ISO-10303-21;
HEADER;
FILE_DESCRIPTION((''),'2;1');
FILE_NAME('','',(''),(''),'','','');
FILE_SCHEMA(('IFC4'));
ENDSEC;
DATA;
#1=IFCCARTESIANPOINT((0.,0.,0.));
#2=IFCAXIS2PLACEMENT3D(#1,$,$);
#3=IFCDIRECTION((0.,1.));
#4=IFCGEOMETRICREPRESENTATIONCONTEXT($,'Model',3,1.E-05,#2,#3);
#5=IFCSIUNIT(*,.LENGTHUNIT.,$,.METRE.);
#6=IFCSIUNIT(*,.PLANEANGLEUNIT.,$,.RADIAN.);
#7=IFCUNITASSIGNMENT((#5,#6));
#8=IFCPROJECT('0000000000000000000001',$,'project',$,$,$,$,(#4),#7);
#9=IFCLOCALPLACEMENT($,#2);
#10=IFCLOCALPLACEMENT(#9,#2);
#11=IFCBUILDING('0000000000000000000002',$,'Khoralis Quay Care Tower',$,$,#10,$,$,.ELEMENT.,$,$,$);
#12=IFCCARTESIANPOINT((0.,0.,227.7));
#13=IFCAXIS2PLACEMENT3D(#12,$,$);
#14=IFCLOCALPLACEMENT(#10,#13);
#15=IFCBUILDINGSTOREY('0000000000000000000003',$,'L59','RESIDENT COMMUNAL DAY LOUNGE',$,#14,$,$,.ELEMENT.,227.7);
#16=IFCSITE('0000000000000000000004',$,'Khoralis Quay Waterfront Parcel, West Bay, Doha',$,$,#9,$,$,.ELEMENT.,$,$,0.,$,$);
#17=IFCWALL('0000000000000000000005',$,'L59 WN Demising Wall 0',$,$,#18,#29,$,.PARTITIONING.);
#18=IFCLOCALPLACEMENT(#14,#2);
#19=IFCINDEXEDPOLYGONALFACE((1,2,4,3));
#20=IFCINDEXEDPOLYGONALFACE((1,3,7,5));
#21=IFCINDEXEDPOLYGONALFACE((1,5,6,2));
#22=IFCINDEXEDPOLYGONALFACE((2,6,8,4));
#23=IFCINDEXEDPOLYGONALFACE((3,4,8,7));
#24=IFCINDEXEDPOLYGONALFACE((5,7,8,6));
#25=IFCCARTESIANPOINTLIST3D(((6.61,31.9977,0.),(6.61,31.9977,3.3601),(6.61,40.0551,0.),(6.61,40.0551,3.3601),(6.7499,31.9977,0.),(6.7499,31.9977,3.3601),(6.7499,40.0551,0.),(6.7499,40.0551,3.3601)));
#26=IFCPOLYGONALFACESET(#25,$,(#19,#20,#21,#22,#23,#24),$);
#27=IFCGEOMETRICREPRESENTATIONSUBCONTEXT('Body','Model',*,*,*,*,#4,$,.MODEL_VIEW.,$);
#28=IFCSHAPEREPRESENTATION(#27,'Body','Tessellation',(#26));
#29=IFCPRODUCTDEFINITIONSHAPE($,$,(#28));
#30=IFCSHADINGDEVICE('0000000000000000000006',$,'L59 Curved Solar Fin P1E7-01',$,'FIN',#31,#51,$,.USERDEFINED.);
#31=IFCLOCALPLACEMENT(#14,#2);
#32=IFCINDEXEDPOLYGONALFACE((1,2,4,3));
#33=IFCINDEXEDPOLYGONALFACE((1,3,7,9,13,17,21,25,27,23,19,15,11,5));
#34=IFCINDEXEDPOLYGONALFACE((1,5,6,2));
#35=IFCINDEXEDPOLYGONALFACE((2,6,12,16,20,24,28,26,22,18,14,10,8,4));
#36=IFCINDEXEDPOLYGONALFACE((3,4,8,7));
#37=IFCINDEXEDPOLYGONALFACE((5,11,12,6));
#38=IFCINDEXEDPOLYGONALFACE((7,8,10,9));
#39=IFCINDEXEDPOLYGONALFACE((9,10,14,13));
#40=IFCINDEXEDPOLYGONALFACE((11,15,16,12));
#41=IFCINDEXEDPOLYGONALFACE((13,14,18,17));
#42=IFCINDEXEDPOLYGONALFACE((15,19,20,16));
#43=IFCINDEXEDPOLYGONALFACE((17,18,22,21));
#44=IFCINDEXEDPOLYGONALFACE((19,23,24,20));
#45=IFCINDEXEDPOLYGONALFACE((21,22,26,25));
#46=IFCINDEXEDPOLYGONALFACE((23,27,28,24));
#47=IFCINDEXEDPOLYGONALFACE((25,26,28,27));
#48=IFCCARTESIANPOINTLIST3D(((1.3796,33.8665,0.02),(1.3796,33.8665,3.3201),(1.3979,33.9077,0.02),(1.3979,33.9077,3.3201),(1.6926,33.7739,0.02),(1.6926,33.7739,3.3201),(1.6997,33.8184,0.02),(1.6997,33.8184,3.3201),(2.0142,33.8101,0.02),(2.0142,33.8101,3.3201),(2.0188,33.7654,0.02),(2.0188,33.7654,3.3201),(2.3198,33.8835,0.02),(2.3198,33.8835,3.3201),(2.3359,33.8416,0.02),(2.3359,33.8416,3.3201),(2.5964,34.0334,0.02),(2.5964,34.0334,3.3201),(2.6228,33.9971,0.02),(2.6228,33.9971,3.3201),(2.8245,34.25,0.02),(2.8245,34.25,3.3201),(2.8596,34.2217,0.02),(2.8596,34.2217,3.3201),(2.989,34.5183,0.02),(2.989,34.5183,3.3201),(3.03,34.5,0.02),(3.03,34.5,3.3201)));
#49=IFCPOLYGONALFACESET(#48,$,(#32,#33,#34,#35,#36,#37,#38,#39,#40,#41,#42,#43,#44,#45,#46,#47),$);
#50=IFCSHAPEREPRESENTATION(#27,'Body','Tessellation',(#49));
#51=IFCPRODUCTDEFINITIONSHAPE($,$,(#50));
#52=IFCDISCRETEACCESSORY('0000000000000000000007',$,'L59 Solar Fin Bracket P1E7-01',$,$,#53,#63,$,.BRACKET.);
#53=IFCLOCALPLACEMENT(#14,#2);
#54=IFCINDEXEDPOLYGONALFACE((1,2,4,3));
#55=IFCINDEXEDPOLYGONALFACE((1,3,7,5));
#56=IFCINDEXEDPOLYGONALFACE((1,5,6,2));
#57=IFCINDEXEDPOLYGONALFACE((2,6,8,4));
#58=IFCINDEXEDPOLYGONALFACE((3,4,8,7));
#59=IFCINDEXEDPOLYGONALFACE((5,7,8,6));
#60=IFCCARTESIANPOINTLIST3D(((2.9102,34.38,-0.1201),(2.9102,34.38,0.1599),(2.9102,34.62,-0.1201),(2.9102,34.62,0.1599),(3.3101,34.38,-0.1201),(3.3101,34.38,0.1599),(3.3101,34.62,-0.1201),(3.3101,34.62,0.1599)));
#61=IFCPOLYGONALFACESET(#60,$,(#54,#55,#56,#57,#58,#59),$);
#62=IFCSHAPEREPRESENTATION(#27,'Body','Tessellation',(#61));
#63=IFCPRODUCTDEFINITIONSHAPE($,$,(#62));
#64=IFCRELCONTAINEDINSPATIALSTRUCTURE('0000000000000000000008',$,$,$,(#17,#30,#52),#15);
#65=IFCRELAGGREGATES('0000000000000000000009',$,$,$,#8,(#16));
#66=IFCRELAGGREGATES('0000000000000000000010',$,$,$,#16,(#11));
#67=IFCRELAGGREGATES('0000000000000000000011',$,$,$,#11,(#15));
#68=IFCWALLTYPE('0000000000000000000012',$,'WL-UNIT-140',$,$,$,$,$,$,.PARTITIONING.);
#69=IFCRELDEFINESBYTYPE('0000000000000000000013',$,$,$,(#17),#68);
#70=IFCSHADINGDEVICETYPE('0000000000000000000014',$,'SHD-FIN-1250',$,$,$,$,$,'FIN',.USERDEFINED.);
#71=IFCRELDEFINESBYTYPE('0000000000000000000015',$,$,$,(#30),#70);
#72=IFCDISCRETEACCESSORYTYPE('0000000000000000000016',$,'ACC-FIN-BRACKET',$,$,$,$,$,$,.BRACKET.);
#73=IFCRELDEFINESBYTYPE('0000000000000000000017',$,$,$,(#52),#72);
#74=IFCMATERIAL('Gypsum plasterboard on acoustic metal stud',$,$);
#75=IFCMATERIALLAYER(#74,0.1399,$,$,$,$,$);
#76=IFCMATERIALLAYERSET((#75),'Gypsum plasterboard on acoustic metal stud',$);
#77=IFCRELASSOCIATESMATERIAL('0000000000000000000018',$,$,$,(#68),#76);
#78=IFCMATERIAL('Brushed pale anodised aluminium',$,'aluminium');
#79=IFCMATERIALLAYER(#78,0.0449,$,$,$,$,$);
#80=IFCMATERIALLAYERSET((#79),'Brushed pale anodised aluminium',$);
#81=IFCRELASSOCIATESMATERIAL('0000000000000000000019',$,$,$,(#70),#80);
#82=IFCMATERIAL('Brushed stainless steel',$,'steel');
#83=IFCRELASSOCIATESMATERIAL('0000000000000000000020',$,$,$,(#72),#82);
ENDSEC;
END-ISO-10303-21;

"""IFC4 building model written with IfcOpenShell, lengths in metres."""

from ifc_helpers import new_model, si_unit, direction, frame, frame_2d, origin, origin_2d, place, context, subcontext, project, spatial, polyline, rectangle, outline, extrude, source, transform, mapped, material, layer, layer_set, type_object, element, save


model = new_model("IFC4")

# Units and contexts
model_context = context("Model", 3, precision=1e-05, world=origin(), true_north=direction((0.0, 1.0)))
body_context = subcontext(model_context, "Body", "Model", "MODEL_VIEW")
ifc_project = project(units=[si_unit("LENGTHUNIT", "METRE"), si_unit("PLANEANGLEUNIT", "RADIAN")], contexts=[model_context])

# Site, building, storey
site_placement = place(None, origin())
site = spatial("IfcSite", under=ifc_project, at=site_placement, Name="Khoralis Quay Waterfront Parcel, West Bay, Doha", CompositionType="ELEMENT", RefElevation=0.0)
building_placement = place(site_placement, origin())
building = spatial("IfcBuilding", under=site, at=building_placement, Name="Khoralis Quay Care Tower", CompositionType="ELEMENT")
storey_placement = place(building_placement, frame((0.0, 0.0, 227.7)))
storey = spatial("IfcBuildingStorey", under=building, at=storey_placement, Name="L59", Description="RESIDENT COMMUNAL DAY LOUNGE", CompositionType="ELEMENT", Elevation=227.7)

# Shared definitions
ifc_material_1 = material(Name="Gypsum plasterboard on acoustic metal stud")

# Wall
ifc_layer_1 = layer(ifc_material_1, 0.1399)
ifc_layer_set_1 = layer_set([ifc_layer_1], Name="Gypsum plasterboard on acoustic metal stud")
wall_type_1 = type_object("IfcWallType", Name="WL-UNIT-140", PredefinedType="PARTITIONING", material=ifc_layer_set_1)
wall_1_placement = place(storey_placement, frame((6.6799, 31.9976, 0.0), z_axis=(0.0, 0.0, 1.0), x_axis=(0.0, 1.0, 0.0)))
element("IfcWall", 1, at=wall_1_placement, inside=storey, type_object=wall_type_1, Name="L59 WN Demising Wall 0", PredefinedType="PARTITIONING", context=body_context, shape_type="SweptSolid", body=[
    extrude(rectangle(XDim=8.0574, YDim=0.1399, at=frame_2d((4.0288, 0.0))), origin(), (0.0, 0.0, 1.0), 3.3601),
])

# Shading device
ifc_material_2 = material(Name="Brushed pale anodised aluminium", Category="aluminium")
ifc_layer_2 = layer(ifc_material_2, 0.0449)
ifc_layer_set_2 = layer_set([ifc_layer_2], Name="Brushed pale anodised aluminium")
shading_device_type = type_object("IfcShadingDeviceType", Name="SHD-FIN-1250", ElementType="FIN", PredefinedType="USERDEFINED", material=ifc_layer_set_2)
shared_shape_1 = source(origin(), body_context, "Body", "SweptSolid", [
    extrude(outline(polyline([(0.0, 0.0), (0.1704, 0.2783), (0.4072, 0.5029), (0.6941, 0.6584), (1.0112, 0.7346), (1.3374, 0.7261), (1.6504, 0.6335), (1.6321, 0.5923), (1.3303, 0.6816), (1.0159, 0.6899), (0.7102, 0.6165), (0.4336, 0.4666), (0.2056, 0.25), (0.041, -0.0183), (0.0, 0.0)])), origin(), (0.0, 0.0, 1.0), 3.3),
])
shading_device_placement = place(storey_placement, frame((3.03, 34.5, 0.02), z_axis=(0.0, 0.0, 1.0), x_axis=(-1.0, 0.0, 0.0)))
element("IfcShadingDevice", 2, at=shading_device_placement, inside=storey, type_object=shading_device_type, Name="L59 Curved Solar Fin P1E7-01", ObjectType="FIN", PredefinedType="USERDEFINED", context=body_context, shape_type="MappedRepresentation", body=[
    mapped(shared_shape_1, transform((0.0, 0.0, 0.0), scale=1.0)),
])

# Discrete accessory
ifc_material_3 = material(Name="Brushed stainless steel", Category="steel")
discrete_accessory_type = type_object("IfcDiscreteAccessoryType", Name="ACC-FIN-BRACKET", PredefinedType="BRACKET", material=ifc_material_3)
shared_shape_2 = source(origin(), body_context, "Body", "SweptSolid", [
    extrude(rectangle(XDim=0.3999, YDim=0.24, at=origin_2d()), origin(), (0.0, 0.0, 1.0), 0.28),
])
discrete_accessory_placement = place(storey_placement, frame((3.1101, 34.5, -0.1201), z_axis=(0.0, 0.0, 1.0), x_axis=(-1.0, 0.0, 0.0)))
element("IfcDiscreteAccessory", 3, at=discrete_accessory_placement, inside=storey, type_object=discrete_accessory_type, Name="L59 Solar Fin Bracket P1E7-01", PredefinedType="BRACKET", context=body_context, shape_type="MappedRepresentation", body=[
    mapped(shared_shape_2, transform((0.0, 0.0, 0.0), scale=1.0)),
])

save(model, "model.ifc")
